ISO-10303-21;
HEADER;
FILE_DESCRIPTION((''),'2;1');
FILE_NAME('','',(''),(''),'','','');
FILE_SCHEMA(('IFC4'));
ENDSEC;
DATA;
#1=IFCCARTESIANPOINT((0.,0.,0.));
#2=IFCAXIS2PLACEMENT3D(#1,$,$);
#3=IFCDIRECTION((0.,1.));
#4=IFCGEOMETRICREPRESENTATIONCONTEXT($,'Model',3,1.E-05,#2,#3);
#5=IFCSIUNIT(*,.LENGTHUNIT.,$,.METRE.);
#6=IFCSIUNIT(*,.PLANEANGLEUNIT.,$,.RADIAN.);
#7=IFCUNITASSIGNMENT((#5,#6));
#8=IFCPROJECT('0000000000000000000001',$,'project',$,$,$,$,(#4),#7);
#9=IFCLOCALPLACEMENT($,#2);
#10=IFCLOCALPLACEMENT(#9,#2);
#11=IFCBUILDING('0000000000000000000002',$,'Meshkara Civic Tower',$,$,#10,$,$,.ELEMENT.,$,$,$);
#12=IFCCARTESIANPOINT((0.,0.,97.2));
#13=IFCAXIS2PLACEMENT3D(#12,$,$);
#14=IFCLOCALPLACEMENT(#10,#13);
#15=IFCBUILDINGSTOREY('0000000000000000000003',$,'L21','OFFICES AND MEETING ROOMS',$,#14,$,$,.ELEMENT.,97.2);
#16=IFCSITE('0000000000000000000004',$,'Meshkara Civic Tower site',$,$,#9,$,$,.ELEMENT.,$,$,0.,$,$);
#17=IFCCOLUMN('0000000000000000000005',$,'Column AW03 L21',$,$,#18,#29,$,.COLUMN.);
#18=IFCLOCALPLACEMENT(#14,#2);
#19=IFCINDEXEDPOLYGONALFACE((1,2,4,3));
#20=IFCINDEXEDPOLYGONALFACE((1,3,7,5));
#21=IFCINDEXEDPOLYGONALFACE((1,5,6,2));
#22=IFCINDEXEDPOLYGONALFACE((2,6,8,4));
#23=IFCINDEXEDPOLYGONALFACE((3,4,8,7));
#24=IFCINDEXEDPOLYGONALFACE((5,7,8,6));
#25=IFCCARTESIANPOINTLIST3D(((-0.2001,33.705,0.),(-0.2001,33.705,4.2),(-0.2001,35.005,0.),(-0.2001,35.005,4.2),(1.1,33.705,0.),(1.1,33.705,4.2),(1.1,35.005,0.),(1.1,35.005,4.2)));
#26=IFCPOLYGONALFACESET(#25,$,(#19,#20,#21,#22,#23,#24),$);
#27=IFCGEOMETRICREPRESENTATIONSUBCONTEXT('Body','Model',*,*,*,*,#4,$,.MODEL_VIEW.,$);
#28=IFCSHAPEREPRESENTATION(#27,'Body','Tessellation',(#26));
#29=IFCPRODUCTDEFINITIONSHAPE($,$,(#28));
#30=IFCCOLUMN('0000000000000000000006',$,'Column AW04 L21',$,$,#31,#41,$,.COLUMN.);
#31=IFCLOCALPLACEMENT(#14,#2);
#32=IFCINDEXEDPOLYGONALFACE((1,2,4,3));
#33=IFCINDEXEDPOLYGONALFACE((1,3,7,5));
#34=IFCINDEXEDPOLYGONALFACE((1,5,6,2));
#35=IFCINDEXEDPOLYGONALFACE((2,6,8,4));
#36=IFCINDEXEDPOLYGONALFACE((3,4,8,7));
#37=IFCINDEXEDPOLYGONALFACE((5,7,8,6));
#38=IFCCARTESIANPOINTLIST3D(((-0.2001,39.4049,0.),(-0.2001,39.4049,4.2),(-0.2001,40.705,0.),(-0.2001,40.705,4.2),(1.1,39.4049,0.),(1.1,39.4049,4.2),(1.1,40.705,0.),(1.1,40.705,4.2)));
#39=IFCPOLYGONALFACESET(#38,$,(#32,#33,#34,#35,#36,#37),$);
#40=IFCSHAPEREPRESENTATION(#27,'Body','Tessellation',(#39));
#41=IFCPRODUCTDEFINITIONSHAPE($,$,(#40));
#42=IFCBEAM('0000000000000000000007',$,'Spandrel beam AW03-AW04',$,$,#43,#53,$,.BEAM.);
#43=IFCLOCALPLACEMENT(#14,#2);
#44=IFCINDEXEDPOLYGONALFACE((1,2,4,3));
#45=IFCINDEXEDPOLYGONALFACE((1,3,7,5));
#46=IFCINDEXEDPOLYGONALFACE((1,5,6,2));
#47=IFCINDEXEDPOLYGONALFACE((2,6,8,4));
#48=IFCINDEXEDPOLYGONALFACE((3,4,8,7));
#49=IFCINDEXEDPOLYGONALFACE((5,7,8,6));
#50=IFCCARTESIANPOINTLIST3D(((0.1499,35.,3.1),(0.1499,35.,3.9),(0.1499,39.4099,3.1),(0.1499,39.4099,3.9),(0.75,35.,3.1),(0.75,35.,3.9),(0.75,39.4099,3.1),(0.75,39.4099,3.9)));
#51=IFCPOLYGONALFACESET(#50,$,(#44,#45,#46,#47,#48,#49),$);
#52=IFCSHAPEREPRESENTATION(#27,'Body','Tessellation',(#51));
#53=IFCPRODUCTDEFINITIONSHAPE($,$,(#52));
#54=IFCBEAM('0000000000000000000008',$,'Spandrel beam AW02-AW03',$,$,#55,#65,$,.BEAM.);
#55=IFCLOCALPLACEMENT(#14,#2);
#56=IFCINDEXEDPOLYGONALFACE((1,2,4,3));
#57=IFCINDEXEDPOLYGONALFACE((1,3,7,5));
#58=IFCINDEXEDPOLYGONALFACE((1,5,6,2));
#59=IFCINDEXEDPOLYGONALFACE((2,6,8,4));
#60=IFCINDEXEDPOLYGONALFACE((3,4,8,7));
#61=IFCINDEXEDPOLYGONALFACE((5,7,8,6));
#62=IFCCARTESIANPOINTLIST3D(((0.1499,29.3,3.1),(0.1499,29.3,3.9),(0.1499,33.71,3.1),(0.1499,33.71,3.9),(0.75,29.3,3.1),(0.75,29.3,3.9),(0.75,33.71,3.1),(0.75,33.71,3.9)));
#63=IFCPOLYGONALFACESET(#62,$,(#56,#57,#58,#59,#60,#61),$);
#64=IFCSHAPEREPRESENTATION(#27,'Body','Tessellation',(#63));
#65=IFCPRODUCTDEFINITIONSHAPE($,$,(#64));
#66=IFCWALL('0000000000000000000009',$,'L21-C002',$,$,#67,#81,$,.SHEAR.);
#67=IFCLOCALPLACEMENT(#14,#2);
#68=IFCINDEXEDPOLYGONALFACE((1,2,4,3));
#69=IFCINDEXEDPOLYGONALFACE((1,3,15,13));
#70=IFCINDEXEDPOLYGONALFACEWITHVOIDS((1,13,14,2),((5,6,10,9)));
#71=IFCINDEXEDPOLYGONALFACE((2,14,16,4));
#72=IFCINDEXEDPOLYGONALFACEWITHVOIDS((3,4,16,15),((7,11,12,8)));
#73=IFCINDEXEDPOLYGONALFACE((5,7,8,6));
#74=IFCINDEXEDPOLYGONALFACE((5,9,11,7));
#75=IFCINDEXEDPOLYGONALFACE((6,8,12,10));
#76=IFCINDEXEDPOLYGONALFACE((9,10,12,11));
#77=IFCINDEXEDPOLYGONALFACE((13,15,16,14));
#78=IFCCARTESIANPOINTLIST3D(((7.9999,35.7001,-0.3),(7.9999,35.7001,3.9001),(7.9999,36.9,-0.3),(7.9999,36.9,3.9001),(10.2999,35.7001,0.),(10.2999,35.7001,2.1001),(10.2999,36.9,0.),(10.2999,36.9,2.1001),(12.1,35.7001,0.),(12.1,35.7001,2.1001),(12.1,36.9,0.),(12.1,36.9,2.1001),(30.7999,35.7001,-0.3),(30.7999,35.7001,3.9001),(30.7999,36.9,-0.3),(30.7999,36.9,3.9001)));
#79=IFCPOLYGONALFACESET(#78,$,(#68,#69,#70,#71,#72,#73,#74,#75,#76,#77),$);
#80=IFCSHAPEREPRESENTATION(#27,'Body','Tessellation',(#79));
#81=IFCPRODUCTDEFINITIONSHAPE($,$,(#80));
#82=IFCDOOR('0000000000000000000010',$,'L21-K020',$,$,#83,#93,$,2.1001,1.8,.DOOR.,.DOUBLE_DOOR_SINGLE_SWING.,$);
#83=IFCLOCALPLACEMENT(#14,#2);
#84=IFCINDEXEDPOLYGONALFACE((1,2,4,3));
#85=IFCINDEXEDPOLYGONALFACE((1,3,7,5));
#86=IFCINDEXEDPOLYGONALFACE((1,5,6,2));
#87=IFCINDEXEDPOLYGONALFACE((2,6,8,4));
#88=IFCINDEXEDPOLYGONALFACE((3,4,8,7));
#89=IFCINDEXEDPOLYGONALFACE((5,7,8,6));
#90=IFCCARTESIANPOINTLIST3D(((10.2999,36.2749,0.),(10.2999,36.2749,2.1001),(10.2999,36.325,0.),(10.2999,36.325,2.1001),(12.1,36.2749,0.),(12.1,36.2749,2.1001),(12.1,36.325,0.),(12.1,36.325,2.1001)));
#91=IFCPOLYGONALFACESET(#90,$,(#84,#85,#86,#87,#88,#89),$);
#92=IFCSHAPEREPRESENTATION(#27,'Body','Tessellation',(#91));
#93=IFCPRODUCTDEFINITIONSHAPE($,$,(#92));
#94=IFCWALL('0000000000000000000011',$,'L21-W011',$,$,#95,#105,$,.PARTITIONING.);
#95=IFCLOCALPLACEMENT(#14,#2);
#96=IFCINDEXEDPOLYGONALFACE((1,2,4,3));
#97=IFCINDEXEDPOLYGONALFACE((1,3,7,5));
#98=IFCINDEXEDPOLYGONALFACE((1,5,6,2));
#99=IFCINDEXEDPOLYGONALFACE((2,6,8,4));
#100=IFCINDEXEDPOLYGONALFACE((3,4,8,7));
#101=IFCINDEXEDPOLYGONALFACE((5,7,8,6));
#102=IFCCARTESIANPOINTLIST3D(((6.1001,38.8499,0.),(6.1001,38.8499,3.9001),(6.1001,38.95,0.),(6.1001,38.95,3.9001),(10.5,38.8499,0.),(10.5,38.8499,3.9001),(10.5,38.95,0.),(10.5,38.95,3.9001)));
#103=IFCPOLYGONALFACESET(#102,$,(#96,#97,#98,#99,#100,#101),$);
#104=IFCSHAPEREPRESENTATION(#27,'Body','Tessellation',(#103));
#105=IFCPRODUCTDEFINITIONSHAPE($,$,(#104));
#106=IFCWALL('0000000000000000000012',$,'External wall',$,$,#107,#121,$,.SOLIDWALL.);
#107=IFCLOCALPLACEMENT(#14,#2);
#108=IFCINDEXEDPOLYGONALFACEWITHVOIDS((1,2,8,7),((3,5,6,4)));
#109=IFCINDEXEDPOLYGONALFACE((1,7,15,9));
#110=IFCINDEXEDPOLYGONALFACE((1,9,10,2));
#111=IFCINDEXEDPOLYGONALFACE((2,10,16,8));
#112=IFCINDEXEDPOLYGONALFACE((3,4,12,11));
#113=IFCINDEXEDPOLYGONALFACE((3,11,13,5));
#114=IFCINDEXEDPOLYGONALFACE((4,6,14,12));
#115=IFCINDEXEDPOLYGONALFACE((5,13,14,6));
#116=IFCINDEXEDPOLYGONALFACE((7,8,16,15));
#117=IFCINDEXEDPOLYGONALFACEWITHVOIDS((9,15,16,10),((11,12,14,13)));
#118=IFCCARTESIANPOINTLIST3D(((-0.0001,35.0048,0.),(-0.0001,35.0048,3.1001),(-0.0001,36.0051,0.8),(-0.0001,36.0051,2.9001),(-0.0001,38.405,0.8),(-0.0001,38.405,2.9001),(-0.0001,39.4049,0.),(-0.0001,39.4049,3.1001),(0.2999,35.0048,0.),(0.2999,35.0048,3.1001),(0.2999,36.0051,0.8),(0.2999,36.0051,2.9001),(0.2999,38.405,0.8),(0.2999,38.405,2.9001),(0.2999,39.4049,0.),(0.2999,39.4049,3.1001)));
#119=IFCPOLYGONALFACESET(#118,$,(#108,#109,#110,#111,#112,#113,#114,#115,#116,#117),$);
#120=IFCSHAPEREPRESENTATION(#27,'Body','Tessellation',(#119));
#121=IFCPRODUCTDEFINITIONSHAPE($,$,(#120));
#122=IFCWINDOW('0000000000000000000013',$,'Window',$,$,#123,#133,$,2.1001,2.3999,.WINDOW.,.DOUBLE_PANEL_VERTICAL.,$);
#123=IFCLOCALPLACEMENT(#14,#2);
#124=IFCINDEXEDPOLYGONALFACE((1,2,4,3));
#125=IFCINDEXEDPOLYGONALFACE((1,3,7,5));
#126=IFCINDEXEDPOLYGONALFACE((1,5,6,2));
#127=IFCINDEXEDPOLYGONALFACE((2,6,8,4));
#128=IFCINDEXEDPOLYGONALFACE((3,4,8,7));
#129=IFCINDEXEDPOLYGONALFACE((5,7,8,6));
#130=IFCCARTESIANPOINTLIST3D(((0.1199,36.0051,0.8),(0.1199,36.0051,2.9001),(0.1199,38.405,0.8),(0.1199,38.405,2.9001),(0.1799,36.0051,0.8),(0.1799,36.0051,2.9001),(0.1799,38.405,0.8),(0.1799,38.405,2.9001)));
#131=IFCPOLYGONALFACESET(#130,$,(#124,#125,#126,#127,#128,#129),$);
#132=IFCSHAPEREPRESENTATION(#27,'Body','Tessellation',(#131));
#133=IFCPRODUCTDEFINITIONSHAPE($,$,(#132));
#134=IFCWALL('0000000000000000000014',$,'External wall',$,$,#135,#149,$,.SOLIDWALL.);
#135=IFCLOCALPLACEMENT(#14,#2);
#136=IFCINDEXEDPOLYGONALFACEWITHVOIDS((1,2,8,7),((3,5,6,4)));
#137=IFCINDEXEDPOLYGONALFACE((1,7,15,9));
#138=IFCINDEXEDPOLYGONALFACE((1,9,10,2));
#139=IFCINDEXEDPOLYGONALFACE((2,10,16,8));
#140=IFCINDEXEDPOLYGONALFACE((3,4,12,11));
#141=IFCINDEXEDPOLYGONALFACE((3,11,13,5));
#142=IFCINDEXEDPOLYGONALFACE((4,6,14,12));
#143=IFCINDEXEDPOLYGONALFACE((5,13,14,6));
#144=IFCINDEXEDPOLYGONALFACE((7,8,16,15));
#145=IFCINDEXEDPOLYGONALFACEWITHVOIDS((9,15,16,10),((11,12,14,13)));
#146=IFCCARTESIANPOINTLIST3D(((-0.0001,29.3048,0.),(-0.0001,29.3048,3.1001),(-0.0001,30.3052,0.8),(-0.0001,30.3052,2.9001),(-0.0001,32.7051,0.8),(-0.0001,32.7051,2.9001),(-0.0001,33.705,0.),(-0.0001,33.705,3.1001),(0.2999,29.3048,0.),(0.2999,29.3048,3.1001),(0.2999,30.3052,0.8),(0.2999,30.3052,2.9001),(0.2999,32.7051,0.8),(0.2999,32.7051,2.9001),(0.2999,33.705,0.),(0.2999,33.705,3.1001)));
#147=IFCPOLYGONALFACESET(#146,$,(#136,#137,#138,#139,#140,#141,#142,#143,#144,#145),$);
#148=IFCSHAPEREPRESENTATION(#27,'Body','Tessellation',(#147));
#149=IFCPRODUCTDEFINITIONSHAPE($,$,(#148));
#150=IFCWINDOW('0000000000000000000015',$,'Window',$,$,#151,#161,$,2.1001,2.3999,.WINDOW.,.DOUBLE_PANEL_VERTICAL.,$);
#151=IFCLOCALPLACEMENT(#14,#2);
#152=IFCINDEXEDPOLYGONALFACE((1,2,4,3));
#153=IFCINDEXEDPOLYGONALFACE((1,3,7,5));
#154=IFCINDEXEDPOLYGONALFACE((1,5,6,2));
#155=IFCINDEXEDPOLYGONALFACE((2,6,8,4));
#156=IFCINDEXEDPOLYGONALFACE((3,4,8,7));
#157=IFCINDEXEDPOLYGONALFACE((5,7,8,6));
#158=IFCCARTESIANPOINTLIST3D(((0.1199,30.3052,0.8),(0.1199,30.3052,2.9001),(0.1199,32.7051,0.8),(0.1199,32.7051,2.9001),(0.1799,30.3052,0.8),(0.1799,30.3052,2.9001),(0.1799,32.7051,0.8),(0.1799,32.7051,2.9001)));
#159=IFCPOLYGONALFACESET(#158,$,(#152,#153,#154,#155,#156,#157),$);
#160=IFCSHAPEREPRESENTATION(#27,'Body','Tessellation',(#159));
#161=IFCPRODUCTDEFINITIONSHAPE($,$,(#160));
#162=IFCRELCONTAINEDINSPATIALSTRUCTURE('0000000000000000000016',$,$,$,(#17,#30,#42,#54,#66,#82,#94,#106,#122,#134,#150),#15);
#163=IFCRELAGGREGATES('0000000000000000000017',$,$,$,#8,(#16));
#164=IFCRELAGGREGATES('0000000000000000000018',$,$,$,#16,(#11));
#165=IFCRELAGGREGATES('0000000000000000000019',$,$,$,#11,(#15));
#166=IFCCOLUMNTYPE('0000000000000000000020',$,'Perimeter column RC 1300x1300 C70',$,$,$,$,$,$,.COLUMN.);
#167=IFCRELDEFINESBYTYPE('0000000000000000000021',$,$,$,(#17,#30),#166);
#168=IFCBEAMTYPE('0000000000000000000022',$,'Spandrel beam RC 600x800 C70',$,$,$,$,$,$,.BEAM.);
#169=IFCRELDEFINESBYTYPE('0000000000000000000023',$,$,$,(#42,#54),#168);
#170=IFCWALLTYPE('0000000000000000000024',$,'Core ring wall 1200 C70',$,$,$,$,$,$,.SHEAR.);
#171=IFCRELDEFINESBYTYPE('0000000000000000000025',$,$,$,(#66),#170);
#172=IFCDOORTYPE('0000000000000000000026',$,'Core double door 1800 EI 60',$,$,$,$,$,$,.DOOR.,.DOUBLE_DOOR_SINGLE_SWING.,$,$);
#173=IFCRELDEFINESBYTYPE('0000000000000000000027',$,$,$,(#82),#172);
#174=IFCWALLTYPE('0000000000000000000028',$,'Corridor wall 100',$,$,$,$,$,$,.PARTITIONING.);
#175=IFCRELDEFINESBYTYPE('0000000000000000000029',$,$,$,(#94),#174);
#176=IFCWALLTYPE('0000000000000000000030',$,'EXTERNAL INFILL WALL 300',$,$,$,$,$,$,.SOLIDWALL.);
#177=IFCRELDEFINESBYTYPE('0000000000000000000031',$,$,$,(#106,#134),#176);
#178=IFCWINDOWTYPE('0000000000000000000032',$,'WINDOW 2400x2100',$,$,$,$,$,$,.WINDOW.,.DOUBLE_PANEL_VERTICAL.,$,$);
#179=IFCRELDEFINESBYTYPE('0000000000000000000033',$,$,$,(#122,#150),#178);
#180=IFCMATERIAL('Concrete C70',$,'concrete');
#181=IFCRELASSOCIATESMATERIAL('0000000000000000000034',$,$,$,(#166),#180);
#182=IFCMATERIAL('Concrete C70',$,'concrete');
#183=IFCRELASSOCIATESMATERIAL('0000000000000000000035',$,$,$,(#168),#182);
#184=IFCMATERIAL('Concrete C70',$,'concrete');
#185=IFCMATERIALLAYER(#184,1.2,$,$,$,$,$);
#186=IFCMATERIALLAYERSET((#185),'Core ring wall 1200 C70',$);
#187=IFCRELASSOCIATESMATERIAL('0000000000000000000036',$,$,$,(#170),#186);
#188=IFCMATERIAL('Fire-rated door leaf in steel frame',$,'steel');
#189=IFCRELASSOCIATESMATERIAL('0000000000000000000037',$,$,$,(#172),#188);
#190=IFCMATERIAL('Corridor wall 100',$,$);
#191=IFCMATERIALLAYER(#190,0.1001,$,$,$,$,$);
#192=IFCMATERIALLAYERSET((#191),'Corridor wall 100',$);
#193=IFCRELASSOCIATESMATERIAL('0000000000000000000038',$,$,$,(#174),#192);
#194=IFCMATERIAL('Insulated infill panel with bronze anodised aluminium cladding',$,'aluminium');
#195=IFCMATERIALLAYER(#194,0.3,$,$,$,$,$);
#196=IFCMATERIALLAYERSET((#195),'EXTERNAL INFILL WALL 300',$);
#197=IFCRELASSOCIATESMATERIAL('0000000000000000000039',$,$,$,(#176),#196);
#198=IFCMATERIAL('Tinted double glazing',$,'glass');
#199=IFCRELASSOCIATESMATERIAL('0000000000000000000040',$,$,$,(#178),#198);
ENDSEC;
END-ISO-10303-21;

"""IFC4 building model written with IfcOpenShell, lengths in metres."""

from ifc_helpers import new_model, si_unit, direction, frame, frame_2d, origin, origin_2d, place, context, subcontext, project, spatial, rectangle, extrude, material, layer, layer_set, material_profile, profile_set, type_object, element, fill, save


model = new_model("IFC4")

# Units and contexts
model_context = context("Model", 3, precision=1e-05, world=origin(), true_north=direction((0.0, 1.0)))
body_context = subcontext(model_context, "Body", "Model", "MODEL_VIEW")
ifc_project = project(units=[si_unit("LENGTHUNIT", "METRE"), si_unit("PLANEANGLEUNIT", "RADIAN")], contexts=[model_context])

# Site, building, storey
site_placement = place(None, origin())
site = spatial("IfcSite", under=ifc_project, at=site_placement, Name="Meshkara Civic Tower site", CompositionType="ELEMENT", RefElevation=0.0)
building_placement = place(site_placement, origin())
building = spatial("IfcBuilding", under=site, at=building_placement, Name="Meshkara Civic Tower", CompositionType="ELEMENT")
storey_placement = place(building_placement, frame((0.0, 0.0, 97.2)))
storey = spatial("IfcBuildingStorey", under=building, at=storey_placement, Name="L21", Description="OFFICES AND MEETING ROOMS", CompositionType="ELEMENT", Elevation=97.2)

# Columns
ifc_material_1 = material(Name="Concrete C70", Category="concrete")
ifc_material_profile_1 = material_profile(ifc_material_1, rectangle(XDim=1.3, YDim=1.3, at=origin_2d()))
ifc_profile_set_1 = profile_set([ifc_material_profile_1], Name="Concrete C70")
column_type = type_object("IfcColumnType", Name="Perimeter column RC 1300x1300 C70", PredefinedType="COLUMN", material=ifc_profile_set_1)
for number, where, z_axis, x_axis, name in (
    (1, (0.45, 34.355, 0.0), (0.0, 0.0, 1.0), (1.0, 0.0, 0.0), "Column AW03 L21"),
    (2, (0.45, 40.0549, 0.0), (0.0, 0.0, 1.0), (1.0, 0.0, 0.0), "Column AW04 L21"),
):
    element("IfcColumn", number, at=place(storey_placement, frame(where, z_axis=z_axis, x_axis=x_axis)), inside=storey, type_object=column_type, Name=name, PredefinedType="COLUMN", context=body_context, shape_type="SweptSolid", body=[
        extrude(rectangle(XDim=1.3, YDim=1.3, at=origin_2d()), origin(), (0.0, 0.0, 1.0), 4.2),
    ])

# Beams
ifc_material_2 = material(Name="Concrete C70", Category="concrete")
ifc_material_profile_2 = material_profile(ifc_material_2, rectangle(XDim=0.6001, YDim=0.8, at=origin_2d()))
ifc_profile_set_2 = profile_set([ifc_material_profile_2], Name="Concrete C70")
beam_type = type_object("IfcBeamType", Name="Spandrel beam RC 600x800 C70", PredefinedType="BEAM", material=ifc_profile_set_2)
for number, where, z_axis, x_axis, name in (
    (3, (0.45, 39.4099, 3.5), (0.0, -1.0, 0.0), (1.0, 0.0, 0.0), "Spandrel beam AW03-AW04"),
    (4, (0.45, 33.71, 3.5), (0.0, -1.0, 0.0), (1.0, 0.0, 0.0), "Spandrel beam AW02-AW03"),
):
    element("IfcBeam", number, at=place(storey_placement, frame(where, z_axis=z_axis, x_axis=x_axis)), inside=storey, type_object=beam_type, Name=name, PredefinedType="BEAM", context=body_context, shape_type="SweptSolid", body=[
        extrude(rectangle(XDim=0.6001, YDim=0.8, at=origin_2d()), origin(), (0.0, 0.0, 1.0), 4.4099),
    ])

# Wall, opening, door
ifc_material_3 = material(Name="Concrete C70", Category="concrete")
ifc_layer_1 = layer(ifc_material_3, 1.2)
ifc_layer_set_1 = layer_set([ifc_layer_1], Name="Core ring wall 1200 C70")
wall_type_1 = type_object("IfcWallType", Name="Core ring wall 1200 C70", PredefinedType="SHEAR", material=ifc_layer_set_1)
wall_1_placement = place(storey_placement, frame((8.0, 36.3, -0.3), z_axis=(0.0, 0.0, 1.0), x_axis=(1.0, 0.0, 0.0)))
wall_1 = element("IfcWall", 5, at=wall_1_placement, inside=storey, type_object=wall_type_1, Name="L21-C002", PredefinedType="SHEAR", context=body_context, shape_type="SweptSolid", body=[
    extrude(rectangle(XDim=22.8, YDim=1.2, at=frame_2d((11.3999, 0.0))), origin(), (0.0, 0.0, 1.0), 4.2002),
])
opening_1_placement = place(wall_1_placement, frame((2.3, 0.0, 0.3)))
opening_1 = element("IfcOpeningElement", 6, at=opening_1_placement, cuts=wall_1, PredefinedType="OPENING", context=body_context, shape_type="SweptSolid", body=[
    extrude(rectangle(XDim=1.8, YDim=2.1001, at=frame_2d((0.8999, 1.05))), frame((0.0, 0.6099, 0.0), z_axis=(0.0, -1.0, 0.0), x_axis=(1.0, 0.0, 0.0)), (0.0, 0.0, 1.0), 1.22),
])
ifc_material_4 = material(Name="Fire-rated door leaf in steel frame", Category="steel")
door_type = type_object("IfcDoorType", Name="Core double door 1800 EI 60", OperationType="DOUBLE_DOOR_SINGLE_SWING", PredefinedType="DOOR", material=ifc_material_4)
door_placement = place(opening_1_placement, origin())
door = element("IfcDoor", 7, at=door_placement, inside=storey, type_object=door_type, Name="L21-K020", OperationType="DOUBLE_DOOR_SINGLE_SWING", OverallHeight=2.1001, OverallWidth=1.8, PredefinedType="DOOR", context=body_context, shape_type="SweptSolid", body=[
    extrude(rectangle(XDim=1.8, YDim=2.1001, at=frame_2d((0.8999, 1.05))), frame((0.0, 0.0249, 0.0), z_axis=(0.0, -1.0, 0.0), x_axis=(1.0, 0.0, 0.0)), (0.0, 0.0, 1.0), 0.05),
])
fill(opening_1, door)

# Wall
ifc_material_5 = material(Name="Corridor wall 100")
ifc_layer_2 = layer(ifc_material_5, 0.1001)
ifc_layer_set_2 = layer_set([ifc_layer_2], Name="Corridor wall 100")
wall_type_2 = type_object("IfcWallType", Name="Corridor wall 100", PredefinedType="PARTITIONING", material=ifc_layer_set_2)
wall_2_placement = place(storey_placement, frame((10.5, 38.8999, 0.0), z_axis=(0.0, 0.0, 1.0), x_axis=(-1.0, 0.0, 0.0)))
element("IfcWall", 8, at=wall_2_placement, inside=storey, type_object=wall_type_2, Name="L21-W011", PredefinedType="PARTITIONING", context=body_context, shape_type="SweptSolid", body=[
    extrude(rectangle(XDim=4.3999, YDim=0.1001, at=frame_2d((2.2, 0.0))), origin(), (0.0, 0.0, 1.0), 3.9001),
])

# Walls, openings, windows
ifc_material_6 = material(Name="Insulated infill panel with bronze anodised aluminium cladding", Category="aluminium")
ifc_layer_3 = layer(ifc_material_6, 0.3)
ifc_layer_set_3 = layer_set([ifc_layer_3], Name="EXTERNAL INFILL WALL 300")
wall_type_3 = type_object("IfcWallType", Name="EXTERNAL INFILL WALL 300", PredefinedType="SOLIDWALL", material=ifc_layer_set_3)
wall_3_placement = place(storey_placement, frame((0.1499, 39.405, 0.0), z_axis=(0.0, 0.0, 1.0), x_axis=(0.0, -1.0, 0.0)))
wall_3 = element("IfcWall", 9, at=wall_3_placement, inside=storey, type_object=wall_type_3, Name="External wall", PredefinedType="SOLIDWALL", context=body_context, shape_type="SweptSolid", body=[
    extrude(rectangle(XDim=4.4001, YDim=0.3, at=frame_2d((2.2002, 0.0))), origin(), (0.0, 0.0, 1.0), 3.1001),
])
opening_2_placement = place(wall_3_placement, frame((1.0, 0.0, 0.8)))
opening_2 = element("IfcOpeningElement", 10, at=opening_2_placement, cuts=wall_3, PredefinedType="OPENING", context=body_context, shape_type="SweptSolid", body=[
    extrude(rectangle(XDim=2.3999, YDim=2.1001, at=frame_2d((1.2, 1.05))), frame((0.0, 0.1599, 0.0), z_axis=(0.0, -1.0, 0.0), x_axis=(1.0, 0.0, 0.0)), (0.0, 0.0, 1.0), 0.3201),
])
ifc_material_7 = material(Name="Tinted double glazing", Category="glass")
window_type = type_object("IfcWindowType", Name="WINDOW 2400x2100", PartitioningType="DOUBLE_PANEL_VERTICAL", PredefinedType="WINDOW", material=ifc_material_7)
window_1_placement = place(opening_2_placement, origin())
window_1 = element("IfcWindow", 11, at=window_1_placement, inside=storey, type_object=window_type, Name="Window", OverallHeight=2.1001, OverallWidth=2.3999, PartitioningType="DOUBLE_PANEL_VERTICAL", PredefinedType="WINDOW", context=body_context, shape_type="SweptSolid", body=[
    extrude(rectangle(XDim=2.3999, YDim=2.1001, at=frame_2d((1.2, 1.05))), frame((0.0, 0.03, 0.0), z_axis=(0.0, -1.0, 0.0), x_axis=(1.0, 0.0, 0.0)), (0.0, 0.0, 1.0), 0.0601),
])
fill(opening_2, window_1)
wall_4_placement = place(storey_placement, frame((0.1499, 33.7051, 0.0), z_axis=(0.0, 0.0, 1.0), x_axis=(0.0, -1.0, 0.0)))
wall_4 = element("IfcWall", 12, at=wall_4_placement, inside=storey, type_object=wall_type_3, Name="External wall", PredefinedType="SOLIDWALL", context=body_context, shape_type="SweptSolid", body=[
    extrude(rectangle(XDim=4.4001, YDim=0.3, at=frame_2d((2.2002, 0.0))), origin(), (0.0, 0.0, 1.0), 3.1001),
])
opening_3_placement = place(wall_4_placement, frame((1.0, 0.0, 0.8)))
opening_3 = element("IfcOpeningElement", 13, at=opening_3_placement, cuts=wall_4, PredefinedType="OPENING", context=body_context, shape_type="SweptSolid", body=[
    extrude(rectangle(XDim=2.3999, YDim=2.1001, at=frame_2d((1.2, 1.05))), frame((0.0, 0.1599, 0.0), z_axis=(0.0, -1.0, 0.0), x_axis=(1.0, 0.0, 0.0)), (0.0, 0.0, 1.0), 0.3201),
])
window_2_placement = place(opening_3_placement, origin())
window_2 = element("IfcWindow", 14, at=window_2_placement, inside=storey, type_object=window_type, Name="Window", OverallHeight=2.1001, OverallWidth=2.3999, PartitioningType="DOUBLE_PANEL_VERTICAL", PredefinedType="WINDOW", context=body_context, shape_type="SweptSolid", body=[
    extrude(rectangle(XDim=2.3999, YDim=2.1001, at=frame_2d((1.2, 1.05))), frame((0.0, 0.03, 0.0), z_axis=(0.0, -1.0, 0.0), x_axis=(1.0, 0.0, 0.0)), (0.0, 0.0, 1.0), 0.0601),
])
fill(opening_3, window_2)

save(model, "model.ifc")
